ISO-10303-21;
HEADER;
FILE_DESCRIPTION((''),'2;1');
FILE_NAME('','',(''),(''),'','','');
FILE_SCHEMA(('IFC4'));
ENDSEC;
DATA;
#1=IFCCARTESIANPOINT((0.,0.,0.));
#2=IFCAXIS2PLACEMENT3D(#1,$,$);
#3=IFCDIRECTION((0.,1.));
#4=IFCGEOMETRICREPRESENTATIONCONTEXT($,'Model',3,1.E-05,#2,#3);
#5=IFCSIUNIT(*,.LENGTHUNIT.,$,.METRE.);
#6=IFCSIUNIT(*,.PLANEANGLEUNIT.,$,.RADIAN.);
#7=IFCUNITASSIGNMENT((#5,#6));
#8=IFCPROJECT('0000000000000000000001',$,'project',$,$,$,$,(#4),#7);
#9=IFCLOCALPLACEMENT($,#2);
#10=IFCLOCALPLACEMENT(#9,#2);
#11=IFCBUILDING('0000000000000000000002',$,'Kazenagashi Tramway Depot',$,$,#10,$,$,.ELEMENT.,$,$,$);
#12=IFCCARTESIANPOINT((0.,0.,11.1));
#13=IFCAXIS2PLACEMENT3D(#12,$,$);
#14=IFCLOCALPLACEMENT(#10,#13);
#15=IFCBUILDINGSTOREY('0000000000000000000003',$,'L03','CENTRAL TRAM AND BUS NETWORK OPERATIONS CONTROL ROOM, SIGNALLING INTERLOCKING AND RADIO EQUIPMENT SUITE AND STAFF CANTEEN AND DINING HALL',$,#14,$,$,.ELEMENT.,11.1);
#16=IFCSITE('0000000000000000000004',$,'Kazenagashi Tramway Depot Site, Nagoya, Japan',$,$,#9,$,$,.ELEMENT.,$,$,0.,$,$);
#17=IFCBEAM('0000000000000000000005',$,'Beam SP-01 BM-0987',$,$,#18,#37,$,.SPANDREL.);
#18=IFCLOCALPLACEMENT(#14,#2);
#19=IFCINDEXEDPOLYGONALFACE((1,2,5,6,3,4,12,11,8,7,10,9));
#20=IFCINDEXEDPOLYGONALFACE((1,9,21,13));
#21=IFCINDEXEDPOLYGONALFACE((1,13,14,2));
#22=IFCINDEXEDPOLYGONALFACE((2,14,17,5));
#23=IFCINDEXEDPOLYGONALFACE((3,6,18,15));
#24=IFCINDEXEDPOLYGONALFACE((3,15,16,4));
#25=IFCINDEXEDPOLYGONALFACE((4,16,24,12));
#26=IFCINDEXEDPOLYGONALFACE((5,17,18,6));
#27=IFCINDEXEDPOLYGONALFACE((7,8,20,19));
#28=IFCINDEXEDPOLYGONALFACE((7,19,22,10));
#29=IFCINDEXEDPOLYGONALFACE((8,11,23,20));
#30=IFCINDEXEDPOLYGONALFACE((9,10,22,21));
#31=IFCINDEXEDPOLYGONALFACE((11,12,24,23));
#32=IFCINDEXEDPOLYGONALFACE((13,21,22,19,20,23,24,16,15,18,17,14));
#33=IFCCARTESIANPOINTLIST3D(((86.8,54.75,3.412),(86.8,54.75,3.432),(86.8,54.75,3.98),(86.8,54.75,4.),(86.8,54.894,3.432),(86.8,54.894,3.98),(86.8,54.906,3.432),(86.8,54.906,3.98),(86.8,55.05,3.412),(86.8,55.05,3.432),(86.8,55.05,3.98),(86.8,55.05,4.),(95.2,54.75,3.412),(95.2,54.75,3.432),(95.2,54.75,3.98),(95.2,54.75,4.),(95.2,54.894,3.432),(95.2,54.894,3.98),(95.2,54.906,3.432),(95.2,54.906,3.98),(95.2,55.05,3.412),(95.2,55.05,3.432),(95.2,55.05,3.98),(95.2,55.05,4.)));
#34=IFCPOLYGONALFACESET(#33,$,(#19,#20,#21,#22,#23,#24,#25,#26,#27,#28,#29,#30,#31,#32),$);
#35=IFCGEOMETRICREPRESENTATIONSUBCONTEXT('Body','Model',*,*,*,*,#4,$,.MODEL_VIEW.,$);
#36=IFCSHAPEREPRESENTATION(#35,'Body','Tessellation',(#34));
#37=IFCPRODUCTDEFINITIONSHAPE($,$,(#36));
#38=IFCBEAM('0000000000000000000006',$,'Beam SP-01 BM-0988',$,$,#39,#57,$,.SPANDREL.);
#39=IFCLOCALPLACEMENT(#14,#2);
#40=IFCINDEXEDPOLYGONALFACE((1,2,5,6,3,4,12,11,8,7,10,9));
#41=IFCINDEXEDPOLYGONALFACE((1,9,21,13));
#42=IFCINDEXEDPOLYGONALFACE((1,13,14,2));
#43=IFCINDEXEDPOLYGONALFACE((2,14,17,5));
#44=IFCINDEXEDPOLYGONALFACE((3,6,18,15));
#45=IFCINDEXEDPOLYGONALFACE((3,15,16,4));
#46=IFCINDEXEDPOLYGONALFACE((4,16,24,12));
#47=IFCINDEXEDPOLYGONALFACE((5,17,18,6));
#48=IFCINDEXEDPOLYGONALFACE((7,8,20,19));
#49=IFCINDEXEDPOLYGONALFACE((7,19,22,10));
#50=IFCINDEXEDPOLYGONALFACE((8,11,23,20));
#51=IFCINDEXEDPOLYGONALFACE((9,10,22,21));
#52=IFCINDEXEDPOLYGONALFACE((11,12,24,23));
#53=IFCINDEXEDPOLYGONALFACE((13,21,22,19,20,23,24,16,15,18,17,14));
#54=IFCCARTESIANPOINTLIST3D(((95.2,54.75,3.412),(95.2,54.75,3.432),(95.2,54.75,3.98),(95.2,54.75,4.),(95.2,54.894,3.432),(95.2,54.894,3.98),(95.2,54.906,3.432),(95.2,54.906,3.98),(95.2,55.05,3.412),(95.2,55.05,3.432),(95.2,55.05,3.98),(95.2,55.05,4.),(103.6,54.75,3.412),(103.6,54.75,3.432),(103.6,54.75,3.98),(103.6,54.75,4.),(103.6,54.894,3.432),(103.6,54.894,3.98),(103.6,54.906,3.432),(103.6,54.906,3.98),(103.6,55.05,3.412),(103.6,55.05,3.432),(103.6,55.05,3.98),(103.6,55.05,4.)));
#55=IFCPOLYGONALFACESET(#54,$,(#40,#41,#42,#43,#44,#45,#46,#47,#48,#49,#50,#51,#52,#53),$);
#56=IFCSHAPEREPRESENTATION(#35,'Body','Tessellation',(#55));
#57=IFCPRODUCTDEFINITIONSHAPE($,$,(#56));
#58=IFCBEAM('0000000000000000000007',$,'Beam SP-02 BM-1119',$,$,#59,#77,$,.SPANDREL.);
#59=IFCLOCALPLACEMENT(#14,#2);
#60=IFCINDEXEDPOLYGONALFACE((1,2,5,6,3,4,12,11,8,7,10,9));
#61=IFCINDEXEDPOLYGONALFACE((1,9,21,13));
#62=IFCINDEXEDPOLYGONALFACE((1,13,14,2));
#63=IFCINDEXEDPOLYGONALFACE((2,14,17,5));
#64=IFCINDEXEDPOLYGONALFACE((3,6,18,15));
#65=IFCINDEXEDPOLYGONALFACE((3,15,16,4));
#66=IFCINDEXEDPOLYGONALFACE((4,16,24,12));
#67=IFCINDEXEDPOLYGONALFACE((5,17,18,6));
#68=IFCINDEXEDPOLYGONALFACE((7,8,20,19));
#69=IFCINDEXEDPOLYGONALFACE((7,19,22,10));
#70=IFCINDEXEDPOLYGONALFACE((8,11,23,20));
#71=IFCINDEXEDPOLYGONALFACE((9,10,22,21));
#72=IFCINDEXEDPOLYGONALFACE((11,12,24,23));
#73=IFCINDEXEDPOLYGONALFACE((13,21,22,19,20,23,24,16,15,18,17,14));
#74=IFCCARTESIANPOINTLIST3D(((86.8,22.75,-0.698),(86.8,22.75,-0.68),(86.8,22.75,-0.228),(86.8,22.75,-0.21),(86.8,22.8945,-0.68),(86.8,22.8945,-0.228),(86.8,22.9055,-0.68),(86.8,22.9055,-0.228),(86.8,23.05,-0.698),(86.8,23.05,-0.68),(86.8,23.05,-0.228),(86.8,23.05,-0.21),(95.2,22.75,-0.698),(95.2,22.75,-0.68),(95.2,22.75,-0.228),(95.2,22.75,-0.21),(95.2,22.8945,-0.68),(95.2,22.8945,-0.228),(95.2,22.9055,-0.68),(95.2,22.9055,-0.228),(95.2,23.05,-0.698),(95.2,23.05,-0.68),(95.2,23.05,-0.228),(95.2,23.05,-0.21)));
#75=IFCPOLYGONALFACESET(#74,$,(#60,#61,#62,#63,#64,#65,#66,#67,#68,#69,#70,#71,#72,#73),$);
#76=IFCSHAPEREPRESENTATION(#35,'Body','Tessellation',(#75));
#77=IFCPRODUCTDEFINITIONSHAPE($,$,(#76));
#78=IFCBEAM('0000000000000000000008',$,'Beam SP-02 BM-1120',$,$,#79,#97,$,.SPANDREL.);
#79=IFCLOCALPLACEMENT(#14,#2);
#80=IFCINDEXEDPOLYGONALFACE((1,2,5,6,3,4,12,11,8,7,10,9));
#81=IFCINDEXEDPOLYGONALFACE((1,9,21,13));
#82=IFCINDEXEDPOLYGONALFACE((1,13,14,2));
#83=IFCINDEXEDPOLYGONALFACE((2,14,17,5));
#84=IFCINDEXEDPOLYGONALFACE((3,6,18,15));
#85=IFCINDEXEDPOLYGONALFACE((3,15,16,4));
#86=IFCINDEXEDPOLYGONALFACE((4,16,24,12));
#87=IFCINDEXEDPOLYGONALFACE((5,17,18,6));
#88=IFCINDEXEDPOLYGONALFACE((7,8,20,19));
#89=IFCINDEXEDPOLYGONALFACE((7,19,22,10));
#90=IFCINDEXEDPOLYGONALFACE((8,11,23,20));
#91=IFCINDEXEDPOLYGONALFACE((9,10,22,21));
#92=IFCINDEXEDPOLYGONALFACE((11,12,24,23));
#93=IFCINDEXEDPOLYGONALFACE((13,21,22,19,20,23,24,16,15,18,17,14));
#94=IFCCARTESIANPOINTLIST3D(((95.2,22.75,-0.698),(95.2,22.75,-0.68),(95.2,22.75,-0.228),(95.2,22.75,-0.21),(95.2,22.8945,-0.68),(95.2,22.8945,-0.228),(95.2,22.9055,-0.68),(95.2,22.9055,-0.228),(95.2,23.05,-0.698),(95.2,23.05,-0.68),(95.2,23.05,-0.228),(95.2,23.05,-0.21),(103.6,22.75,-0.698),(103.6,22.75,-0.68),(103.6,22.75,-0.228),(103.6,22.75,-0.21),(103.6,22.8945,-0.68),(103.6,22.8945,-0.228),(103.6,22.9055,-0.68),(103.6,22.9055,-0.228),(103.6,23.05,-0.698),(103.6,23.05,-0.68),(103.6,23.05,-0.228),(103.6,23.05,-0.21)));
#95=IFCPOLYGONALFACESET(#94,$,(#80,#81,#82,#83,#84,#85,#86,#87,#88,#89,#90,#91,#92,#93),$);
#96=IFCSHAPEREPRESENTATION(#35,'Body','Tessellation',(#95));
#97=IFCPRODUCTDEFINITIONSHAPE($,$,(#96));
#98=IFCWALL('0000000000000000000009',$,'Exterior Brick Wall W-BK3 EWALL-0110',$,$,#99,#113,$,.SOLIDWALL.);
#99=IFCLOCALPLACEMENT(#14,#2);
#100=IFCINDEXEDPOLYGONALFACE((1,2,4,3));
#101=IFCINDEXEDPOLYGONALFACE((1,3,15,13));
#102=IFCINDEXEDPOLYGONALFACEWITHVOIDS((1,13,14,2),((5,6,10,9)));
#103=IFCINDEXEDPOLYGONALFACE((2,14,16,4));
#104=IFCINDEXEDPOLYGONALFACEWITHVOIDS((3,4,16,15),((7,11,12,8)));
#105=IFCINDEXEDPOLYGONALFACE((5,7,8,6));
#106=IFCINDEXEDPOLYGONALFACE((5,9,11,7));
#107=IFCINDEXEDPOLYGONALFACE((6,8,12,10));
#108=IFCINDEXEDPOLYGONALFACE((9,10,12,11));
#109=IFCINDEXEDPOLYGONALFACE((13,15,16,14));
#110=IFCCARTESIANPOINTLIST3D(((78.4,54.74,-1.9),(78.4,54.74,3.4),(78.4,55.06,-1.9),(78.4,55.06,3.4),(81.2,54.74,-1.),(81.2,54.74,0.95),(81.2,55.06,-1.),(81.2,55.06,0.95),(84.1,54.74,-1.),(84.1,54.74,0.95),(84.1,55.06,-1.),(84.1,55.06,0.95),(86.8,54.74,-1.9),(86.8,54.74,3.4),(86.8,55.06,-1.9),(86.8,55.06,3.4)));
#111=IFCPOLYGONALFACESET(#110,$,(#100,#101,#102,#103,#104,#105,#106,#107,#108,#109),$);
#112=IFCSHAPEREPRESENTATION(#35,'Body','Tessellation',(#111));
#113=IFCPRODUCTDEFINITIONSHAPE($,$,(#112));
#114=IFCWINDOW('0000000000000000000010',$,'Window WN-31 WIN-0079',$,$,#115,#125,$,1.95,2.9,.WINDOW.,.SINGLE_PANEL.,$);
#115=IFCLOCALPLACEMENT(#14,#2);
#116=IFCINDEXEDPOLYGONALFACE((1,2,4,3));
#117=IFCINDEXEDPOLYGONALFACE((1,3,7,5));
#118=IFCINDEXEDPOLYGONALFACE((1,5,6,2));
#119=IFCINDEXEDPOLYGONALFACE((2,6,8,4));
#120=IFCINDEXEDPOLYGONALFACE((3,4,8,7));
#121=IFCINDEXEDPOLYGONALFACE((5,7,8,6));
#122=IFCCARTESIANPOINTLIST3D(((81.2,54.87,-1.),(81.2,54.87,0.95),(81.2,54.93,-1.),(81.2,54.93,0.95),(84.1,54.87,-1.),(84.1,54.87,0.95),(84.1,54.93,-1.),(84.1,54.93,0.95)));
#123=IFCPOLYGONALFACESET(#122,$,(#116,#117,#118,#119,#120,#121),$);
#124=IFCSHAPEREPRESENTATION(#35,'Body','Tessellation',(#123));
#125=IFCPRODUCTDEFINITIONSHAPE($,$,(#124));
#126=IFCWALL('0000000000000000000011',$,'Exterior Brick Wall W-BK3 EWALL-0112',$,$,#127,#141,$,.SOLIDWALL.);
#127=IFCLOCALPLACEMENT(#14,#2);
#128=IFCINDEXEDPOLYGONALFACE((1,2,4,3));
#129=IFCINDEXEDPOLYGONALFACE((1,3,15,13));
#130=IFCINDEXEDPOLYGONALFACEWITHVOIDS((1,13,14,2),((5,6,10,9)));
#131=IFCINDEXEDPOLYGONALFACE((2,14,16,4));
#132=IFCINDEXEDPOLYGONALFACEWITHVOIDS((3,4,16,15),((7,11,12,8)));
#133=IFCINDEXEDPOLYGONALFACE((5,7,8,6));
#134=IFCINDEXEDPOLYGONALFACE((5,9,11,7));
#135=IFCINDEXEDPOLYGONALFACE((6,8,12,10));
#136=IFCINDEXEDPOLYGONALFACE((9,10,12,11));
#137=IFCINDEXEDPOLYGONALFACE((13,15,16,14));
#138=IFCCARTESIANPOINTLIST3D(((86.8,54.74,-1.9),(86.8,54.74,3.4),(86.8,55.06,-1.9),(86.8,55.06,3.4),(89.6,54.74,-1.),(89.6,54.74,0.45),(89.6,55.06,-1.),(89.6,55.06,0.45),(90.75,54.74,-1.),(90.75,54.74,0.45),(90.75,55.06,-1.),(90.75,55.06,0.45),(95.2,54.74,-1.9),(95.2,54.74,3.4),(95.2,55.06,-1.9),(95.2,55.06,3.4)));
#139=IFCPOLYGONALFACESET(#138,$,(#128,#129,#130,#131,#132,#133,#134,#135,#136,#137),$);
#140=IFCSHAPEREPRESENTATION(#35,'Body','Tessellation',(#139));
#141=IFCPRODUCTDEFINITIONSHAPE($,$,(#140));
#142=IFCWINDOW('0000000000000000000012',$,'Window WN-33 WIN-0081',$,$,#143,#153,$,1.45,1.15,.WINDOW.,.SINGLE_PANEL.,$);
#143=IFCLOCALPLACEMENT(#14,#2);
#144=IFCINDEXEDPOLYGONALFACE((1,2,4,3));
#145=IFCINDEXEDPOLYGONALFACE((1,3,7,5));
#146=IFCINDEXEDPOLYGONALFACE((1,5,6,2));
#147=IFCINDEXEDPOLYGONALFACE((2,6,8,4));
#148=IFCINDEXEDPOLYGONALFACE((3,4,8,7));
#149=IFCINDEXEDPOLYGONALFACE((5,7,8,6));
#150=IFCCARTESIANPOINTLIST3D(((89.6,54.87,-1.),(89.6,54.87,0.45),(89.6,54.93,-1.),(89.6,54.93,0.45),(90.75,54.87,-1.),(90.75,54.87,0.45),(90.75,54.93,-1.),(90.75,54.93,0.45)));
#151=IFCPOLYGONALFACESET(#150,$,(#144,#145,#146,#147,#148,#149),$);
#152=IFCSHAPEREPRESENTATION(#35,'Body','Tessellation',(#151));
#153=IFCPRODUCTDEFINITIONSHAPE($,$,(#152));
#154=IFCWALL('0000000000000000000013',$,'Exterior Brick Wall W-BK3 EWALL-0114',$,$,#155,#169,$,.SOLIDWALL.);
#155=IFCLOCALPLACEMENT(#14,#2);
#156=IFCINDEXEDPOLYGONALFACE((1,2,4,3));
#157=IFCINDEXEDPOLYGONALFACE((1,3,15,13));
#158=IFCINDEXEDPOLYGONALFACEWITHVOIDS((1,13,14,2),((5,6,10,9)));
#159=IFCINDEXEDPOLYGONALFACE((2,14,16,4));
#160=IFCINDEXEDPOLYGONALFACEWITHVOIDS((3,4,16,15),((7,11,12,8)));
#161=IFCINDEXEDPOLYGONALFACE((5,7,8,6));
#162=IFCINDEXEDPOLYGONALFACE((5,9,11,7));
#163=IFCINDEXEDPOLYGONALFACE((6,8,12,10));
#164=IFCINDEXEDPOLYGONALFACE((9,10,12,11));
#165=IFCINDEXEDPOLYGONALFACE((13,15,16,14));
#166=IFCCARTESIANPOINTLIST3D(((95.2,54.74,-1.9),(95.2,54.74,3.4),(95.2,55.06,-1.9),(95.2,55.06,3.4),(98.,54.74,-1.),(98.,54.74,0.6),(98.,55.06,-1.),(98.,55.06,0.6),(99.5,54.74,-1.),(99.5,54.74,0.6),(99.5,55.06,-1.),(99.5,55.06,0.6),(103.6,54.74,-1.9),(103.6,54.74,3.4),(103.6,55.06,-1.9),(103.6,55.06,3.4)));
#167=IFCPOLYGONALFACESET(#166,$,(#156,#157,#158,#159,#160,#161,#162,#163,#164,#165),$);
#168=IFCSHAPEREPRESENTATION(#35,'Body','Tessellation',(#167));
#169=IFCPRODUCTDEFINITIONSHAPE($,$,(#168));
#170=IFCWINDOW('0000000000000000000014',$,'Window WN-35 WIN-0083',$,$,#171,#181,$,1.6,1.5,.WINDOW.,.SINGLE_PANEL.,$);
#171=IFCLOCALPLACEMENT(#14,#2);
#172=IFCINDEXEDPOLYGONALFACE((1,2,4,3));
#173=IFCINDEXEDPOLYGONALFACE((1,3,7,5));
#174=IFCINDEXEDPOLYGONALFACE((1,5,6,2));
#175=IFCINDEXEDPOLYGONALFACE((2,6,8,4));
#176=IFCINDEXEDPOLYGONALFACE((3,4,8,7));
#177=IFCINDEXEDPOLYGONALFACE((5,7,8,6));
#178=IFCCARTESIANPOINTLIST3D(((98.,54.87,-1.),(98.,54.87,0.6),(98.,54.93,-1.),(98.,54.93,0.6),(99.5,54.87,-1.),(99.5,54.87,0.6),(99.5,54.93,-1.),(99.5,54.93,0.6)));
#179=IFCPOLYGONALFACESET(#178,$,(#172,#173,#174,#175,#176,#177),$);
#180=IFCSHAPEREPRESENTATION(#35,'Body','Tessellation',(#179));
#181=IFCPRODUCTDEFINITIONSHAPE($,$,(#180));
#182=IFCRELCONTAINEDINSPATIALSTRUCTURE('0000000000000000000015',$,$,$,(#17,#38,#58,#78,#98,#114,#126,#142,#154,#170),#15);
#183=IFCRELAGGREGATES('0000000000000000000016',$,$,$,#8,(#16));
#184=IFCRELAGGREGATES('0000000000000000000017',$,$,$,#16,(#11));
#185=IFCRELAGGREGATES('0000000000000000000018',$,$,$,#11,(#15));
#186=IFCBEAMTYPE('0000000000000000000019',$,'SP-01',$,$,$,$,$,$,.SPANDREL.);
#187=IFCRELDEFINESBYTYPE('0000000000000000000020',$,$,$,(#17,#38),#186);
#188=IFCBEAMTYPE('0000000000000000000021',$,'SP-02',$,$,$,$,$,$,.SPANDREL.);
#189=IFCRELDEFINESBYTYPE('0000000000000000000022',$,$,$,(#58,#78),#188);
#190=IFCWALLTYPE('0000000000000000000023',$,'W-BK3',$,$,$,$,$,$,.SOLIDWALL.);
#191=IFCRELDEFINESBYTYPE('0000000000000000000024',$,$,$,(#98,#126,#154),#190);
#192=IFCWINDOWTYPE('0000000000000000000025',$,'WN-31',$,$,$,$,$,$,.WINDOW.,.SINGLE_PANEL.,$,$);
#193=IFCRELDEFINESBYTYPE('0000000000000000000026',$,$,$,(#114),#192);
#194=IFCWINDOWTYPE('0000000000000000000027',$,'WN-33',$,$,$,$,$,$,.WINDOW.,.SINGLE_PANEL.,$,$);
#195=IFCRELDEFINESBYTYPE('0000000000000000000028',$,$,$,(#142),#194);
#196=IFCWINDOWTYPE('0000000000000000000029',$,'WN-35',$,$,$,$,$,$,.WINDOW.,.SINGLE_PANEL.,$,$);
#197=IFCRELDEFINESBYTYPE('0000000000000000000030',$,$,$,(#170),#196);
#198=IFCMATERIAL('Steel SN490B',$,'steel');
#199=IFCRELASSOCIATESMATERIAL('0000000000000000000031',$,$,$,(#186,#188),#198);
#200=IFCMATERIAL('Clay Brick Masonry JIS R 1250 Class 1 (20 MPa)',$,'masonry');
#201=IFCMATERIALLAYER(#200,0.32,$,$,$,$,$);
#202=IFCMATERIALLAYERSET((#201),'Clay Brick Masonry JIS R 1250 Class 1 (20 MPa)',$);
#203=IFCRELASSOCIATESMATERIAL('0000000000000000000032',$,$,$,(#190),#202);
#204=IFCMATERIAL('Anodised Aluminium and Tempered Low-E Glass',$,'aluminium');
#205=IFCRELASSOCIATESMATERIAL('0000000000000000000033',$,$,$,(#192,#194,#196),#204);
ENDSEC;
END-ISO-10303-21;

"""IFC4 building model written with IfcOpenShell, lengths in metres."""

from ifc_helpers import new_model, si_unit, direction, frame, frame_2d, origin, origin_2d, place, context, subcontext, project, spatial, rectangle, i_section, extrude, material, layer, layer_set, material_profile, profile_set, type_object, element, fill, save


model = new_model("IFC4")

# Units and contexts
model_context = context("Model", 3, precision=1e-05, world=origin(), true_north=direction((0.0, 1.0)))
body_context = subcontext(model_context, "Body", "Model", "MODEL_VIEW")
ifc_project = project(units=[si_unit("LENGTHUNIT", "METRE"), si_unit("PLANEANGLEUNIT", "RADIAN")], contexts=[model_context])

# Site, building, storey
site_placement = place(None, origin())
site = spatial("IfcSite", under=ifc_project, at=site_placement, Name="Kazenagashi Tramway Depot Site, Nagoya, Japan", CompositionType="ELEMENT", RefElevation=0.0)
building_placement = place(site_placement, origin())
building = spatial("IfcBuilding", under=site, at=building_placement, Name="Kazenagashi Tramway Depot", CompositionType="ELEMENT")
storey_placement = place(building_placement, frame((0.0, 0.0, 11.1)))
storey = spatial("IfcBuildingStorey", under=building, at=storey_placement, Name="L03", Description="CENTRAL TRAM AND BUS NETWORK OPERATIONS CONTROL ROOM, SIGNALLING INTERLOCKING AND RADIO EQUIPMENT SUITE AND STAFF CANTEEN AND DINING HALL", CompositionType="ELEMENT", Elevation=11.1)

# Shared definitions
ifc_material_1 = material(Name="Steel SN490B", Category="steel")

# Beams
ifc_material_profile_1 = material_profile(ifc_material_1, i_section(OverallWidth=0.3, OverallDepth=0.588, WebThickness=0.012, FlangeThickness=0.02, at=origin_2d()), Name="H-588x300x12x20")
ifc_profile_set_1 = profile_set([ifc_material_profile_1], Name="Steel SN490B")
beam_type_1 = type_object("IfcBeamType", Name="SP-01", PredefinedType="SPANDREL", material=ifc_profile_set_1)
for number, where, z_axis, x_axis, name in (
    (1, (86.8, 54.9, 3.706), (1.0, 0.0, 0.0), (0.0, 1.0, 0.0), "Beam SP-01 BM-0987"),
    (2, (95.2, 54.9, 3.706), (1.0, 0.0, 0.0), (0.0, 1.0, 0.0), "Beam SP-01 BM-0988"),
):
    element("IfcBeam", number, at=place(storey_placement, frame(where, z_axis=z_axis, x_axis=x_axis)), inside=storey, type_object=beam_type_1, Name=name, PredefinedType="SPANDREL", context=body_context, shape_type="SweptSolid", body=[
        extrude(i_section(OverallWidth=0.3, OverallDepth=0.588, WebThickness=0.012, FlangeThickness=0.02, at=origin_2d()), origin(), (0.0, 0.0, 1.0), 8.4),
    ])
ifc_material_profile_2 = material_profile(ifc_material_1, i_section(OverallWidth=0.3, OverallDepth=0.488, WebThickness=0.011, FlangeThickness=0.018, at=origin_2d()), Name="H-488x300x11x18")
ifc_profile_set_2 = profile_set([ifc_material_profile_2], Name="Steel SN490B")
beam_type_2 = type_object("IfcBeamType", Name="SP-02", PredefinedType="SPANDREL", material=ifc_profile_set_2)
for number, where, z_axis, x_axis, name in (
    (3, (86.8, 22.9, -0.454), (1.0, 0.0, 0.0), (0.0, 1.0, 0.0), "Beam SP-02 BM-1119"),
    (4, (95.2, 22.9, -0.454), (1.0, 0.0, 0.0), (0.0, 1.0, 0.0), "Beam SP-02 BM-1120"),
):
    element("IfcBeam", number, at=place(storey_placement, frame(where, z_axis=z_axis, x_axis=x_axis)), inside=storey, type_object=beam_type_2, Name=name, PredefinedType="SPANDREL", context=body_context, shape_type="SweptSolid", body=[
        extrude(i_section(OverallWidth=0.3, OverallDepth=0.488, WebThickness=0.011, FlangeThickness=0.018, at=origin_2d()), origin(), (0.0, 0.0, 1.0), 8.4),
    ])

# Walls, openings, windows
ifc_material_2 = material(Name="Clay Brick Masonry JIS R 1250 Class 1 (20 MPa)", Category="masonry")
ifc_layer = layer(ifc_material_2, 0.32)
ifc_layer_set = layer_set([ifc_layer], Name="Clay Brick Masonry JIS R 1250 Class 1 (20 MPa)")
wall_type = type_object("IfcWallType", Name="W-BK3", PredefinedType="SOLIDWALL", material=ifc_layer_set)
wall_1_placement = place(storey_placement, frame((78.4, 54.9, -1.9), z_axis=(0.0, 0.0, 1.0), x_axis=(1.0, 0.0, 0.0)))
wall_1 = element("IfcWall", 5, at=wall_1_placement, inside=storey, type_object=wall_type, Name="Exterior Brick Wall W-BK3 EWALL-0110", PredefinedType="SOLIDWALL", context=body_context, shape_type="SweptSolid", body=[
    extrude(rectangle(XDim=8.4, YDim=0.32, at=frame_2d((4.2, 0.0))), origin(), (0.0, 0.0, 1.0), 5.3),
])
opening_1_placement = place(wall_1_placement, frame((2.8, 0.0, 0.9)))
opening_1 = element("IfcOpeningElement", 6, at=opening_1_placement, cuts=wall_1, PredefinedType="OPENING", context=body_context, shape_type="SweptSolid", body=[
    extrude(rectangle(XDim=2.9, YDim=1.95, at=frame_2d((1.45, 0.975))), frame((0.0, 0.17, 0.0), z_axis=(0.0, -1.0, 0.0), x_axis=(1.0, 0.0, 0.0)), (0.0, 0.0, 1.0), 0.34),
])
ifc_material_3 = material(Name="Anodised Aluminium and Tempered Low-E Glass", Category="aluminium")
window_type_1 = type_object("IfcWindowType", Name="WN-31", PartitioningType="SINGLE_PANEL", PredefinedType="WINDOW", material=ifc_material_3)
window_1_placement = place(opening_1_placement, origin())
window_1 = element("IfcWindow", 7, at=window_1_placement, inside=storey, type_object=window_type_1, Name="Window WN-31 WIN-0079", OverallHeight=1.95, OverallWidth=2.9, PartitioningType="SINGLE_PANEL", PredefinedType="WINDOW", context=body_context, shape_type="SweptSolid", body=[
    extrude(rectangle(XDim=2.9, YDim=1.95, at=frame_2d((1.45, 0.975))), frame((0.0, 0.03, 0.0), z_axis=(0.0, -1.0, 0.0), x_axis=(1.0, 0.0, 0.0)), (0.0, 0.0, 1.0), 0.06),
])
fill(opening_1, window_1)
wall_2_placement = place(storey_placement, frame((86.8, 54.9, -1.9), z_axis=(0.0, 0.0, 1.0), x_axis=(1.0, 0.0, 0.0)))
wall_2 = element("IfcWall", 8, at=wall_2_placement, inside=storey, type_object=wall_type, Name="Exterior Brick Wall W-BK3 EWALL-0112", PredefinedType="SOLIDWALL", context=body_context, shape_type="SweptSolid", body=[
    extrude(rectangle(XDim=8.4, YDim=0.32, at=frame_2d((4.2, 0.0))), origin(), (0.0, 0.0, 1.0), 5.3),
])
opening_2_placement = place(wall_2_placement, frame((2.8, 0.0, 0.9)))
opening_2 = element("IfcOpeningElement", 9, at=opening_2_placement, cuts=wall_2, PredefinedType="OPENING", context=body_context, shape_type="SweptSolid", body=[
    extrude(rectangle(XDim=1.15, YDim=1.45, at=frame_2d((0.575, 0.725))), frame((0.0, 0.17, 0.0), z_axis=(0.0, -1.0, 0.0), x_axis=(1.0, 0.0, 0.0)), (0.0, 0.0, 1.0), 0.34),
])
window_type_2 = type_object("IfcWindowType", Name="WN-33", PartitioningType="SINGLE_PANEL", PredefinedType="WINDOW", material=ifc_material_3)
window_2_placement = place(opening_2_placement, origin())
window_2 = element("IfcWindow", 10, at=window_2_placement, inside=storey, type_object=window_type_2, Name="Window WN-33 WIN-0081", OverallHeight=1.45, OverallWidth=1.15, PartitioningType="SINGLE_PANEL", PredefinedType="WINDOW", context=body_context, shape_type="SweptSolid", body=[
    extrude(rectangle(XDim=1.15, YDim=1.45, at=frame_2d((0.575, 0.725))), frame((0.0, 0.03, 0.0), z_axis=(0.0, -1.0, 0.0), x_axis=(1.0, 0.0, 0.0)), (0.0, 0.0, 1.0), 0.06),
])
fill(opening_2, window_2)
wall_3_placement = place(storey_placement, frame((95.2, 54.9, -1.9), z_axis=(0.0, 0.0, 1.0), x_axis=(1.0, 0.0, 0.0)))
wall_3 = element("IfcWall", 11, at=wall_3_placement, inside=storey, type_object=wall_type, Name="Exterior Brick Wall W-BK3 EWALL-0114", PredefinedType="SOLIDWALL", context=body_context, shape_type="SweptSolid", body=[
    extrude(rectangle(XDim=8.4, YDim=0.32, at=frame_2d((4.2, 0.0))), origin(), (0.0, 0.0, 1.0), 5.3),
])
opening_3_placement = place(wall_3_placement, frame((2.8, 0.0, 0.9)))
opening_3 = element("IfcOpeningElement", 12, at=opening_3_placement, cuts=wall_3, PredefinedType="OPENING", context=body_context, shape_type="SweptSolid", body=[
    extrude(rectangle(XDim=1.5, YDim=1.6, at=frame_2d((0.75, 0.8))), frame((0.0, 0.17, 0.0), z_axis=(0.0, -1.0, 0.0), x_axis=(1.0, 0.0, 0.0)), (0.0, 0.0, 1.0), 0.34),
])
window_type_3 = type_object("IfcWindowType", Name="WN-35", PartitioningType="SINGLE_PANEL", PredefinedType="WINDOW", material=ifc_material_3)
window_3_placement = place(opening_3_placement, origin())
window_3 = element("IfcWindow", 13, at=window_3_placement, inside=storey, type_object=window_type_3, Name="Window WN-35 WIN-0083", OverallHeight=1.6, OverallWidth=1.5, PartitioningType="SINGLE_PANEL", PredefinedType="WINDOW", context=body_context, shape_type="SweptSolid", body=[
    extrude(rectangle(XDim=1.5, YDim=1.6, at=frame_2d((0.75, 0.8))), frame((0.0, 0.03, 0.0), z_axis=(0.0, -1.0, 0.0), x_axis=(1.0, 0.0, 0.0)), (0.0, 0.0, 1.0), 0.06),
])
fill(opening_3, window_3)

save(model, "model.ifc")
